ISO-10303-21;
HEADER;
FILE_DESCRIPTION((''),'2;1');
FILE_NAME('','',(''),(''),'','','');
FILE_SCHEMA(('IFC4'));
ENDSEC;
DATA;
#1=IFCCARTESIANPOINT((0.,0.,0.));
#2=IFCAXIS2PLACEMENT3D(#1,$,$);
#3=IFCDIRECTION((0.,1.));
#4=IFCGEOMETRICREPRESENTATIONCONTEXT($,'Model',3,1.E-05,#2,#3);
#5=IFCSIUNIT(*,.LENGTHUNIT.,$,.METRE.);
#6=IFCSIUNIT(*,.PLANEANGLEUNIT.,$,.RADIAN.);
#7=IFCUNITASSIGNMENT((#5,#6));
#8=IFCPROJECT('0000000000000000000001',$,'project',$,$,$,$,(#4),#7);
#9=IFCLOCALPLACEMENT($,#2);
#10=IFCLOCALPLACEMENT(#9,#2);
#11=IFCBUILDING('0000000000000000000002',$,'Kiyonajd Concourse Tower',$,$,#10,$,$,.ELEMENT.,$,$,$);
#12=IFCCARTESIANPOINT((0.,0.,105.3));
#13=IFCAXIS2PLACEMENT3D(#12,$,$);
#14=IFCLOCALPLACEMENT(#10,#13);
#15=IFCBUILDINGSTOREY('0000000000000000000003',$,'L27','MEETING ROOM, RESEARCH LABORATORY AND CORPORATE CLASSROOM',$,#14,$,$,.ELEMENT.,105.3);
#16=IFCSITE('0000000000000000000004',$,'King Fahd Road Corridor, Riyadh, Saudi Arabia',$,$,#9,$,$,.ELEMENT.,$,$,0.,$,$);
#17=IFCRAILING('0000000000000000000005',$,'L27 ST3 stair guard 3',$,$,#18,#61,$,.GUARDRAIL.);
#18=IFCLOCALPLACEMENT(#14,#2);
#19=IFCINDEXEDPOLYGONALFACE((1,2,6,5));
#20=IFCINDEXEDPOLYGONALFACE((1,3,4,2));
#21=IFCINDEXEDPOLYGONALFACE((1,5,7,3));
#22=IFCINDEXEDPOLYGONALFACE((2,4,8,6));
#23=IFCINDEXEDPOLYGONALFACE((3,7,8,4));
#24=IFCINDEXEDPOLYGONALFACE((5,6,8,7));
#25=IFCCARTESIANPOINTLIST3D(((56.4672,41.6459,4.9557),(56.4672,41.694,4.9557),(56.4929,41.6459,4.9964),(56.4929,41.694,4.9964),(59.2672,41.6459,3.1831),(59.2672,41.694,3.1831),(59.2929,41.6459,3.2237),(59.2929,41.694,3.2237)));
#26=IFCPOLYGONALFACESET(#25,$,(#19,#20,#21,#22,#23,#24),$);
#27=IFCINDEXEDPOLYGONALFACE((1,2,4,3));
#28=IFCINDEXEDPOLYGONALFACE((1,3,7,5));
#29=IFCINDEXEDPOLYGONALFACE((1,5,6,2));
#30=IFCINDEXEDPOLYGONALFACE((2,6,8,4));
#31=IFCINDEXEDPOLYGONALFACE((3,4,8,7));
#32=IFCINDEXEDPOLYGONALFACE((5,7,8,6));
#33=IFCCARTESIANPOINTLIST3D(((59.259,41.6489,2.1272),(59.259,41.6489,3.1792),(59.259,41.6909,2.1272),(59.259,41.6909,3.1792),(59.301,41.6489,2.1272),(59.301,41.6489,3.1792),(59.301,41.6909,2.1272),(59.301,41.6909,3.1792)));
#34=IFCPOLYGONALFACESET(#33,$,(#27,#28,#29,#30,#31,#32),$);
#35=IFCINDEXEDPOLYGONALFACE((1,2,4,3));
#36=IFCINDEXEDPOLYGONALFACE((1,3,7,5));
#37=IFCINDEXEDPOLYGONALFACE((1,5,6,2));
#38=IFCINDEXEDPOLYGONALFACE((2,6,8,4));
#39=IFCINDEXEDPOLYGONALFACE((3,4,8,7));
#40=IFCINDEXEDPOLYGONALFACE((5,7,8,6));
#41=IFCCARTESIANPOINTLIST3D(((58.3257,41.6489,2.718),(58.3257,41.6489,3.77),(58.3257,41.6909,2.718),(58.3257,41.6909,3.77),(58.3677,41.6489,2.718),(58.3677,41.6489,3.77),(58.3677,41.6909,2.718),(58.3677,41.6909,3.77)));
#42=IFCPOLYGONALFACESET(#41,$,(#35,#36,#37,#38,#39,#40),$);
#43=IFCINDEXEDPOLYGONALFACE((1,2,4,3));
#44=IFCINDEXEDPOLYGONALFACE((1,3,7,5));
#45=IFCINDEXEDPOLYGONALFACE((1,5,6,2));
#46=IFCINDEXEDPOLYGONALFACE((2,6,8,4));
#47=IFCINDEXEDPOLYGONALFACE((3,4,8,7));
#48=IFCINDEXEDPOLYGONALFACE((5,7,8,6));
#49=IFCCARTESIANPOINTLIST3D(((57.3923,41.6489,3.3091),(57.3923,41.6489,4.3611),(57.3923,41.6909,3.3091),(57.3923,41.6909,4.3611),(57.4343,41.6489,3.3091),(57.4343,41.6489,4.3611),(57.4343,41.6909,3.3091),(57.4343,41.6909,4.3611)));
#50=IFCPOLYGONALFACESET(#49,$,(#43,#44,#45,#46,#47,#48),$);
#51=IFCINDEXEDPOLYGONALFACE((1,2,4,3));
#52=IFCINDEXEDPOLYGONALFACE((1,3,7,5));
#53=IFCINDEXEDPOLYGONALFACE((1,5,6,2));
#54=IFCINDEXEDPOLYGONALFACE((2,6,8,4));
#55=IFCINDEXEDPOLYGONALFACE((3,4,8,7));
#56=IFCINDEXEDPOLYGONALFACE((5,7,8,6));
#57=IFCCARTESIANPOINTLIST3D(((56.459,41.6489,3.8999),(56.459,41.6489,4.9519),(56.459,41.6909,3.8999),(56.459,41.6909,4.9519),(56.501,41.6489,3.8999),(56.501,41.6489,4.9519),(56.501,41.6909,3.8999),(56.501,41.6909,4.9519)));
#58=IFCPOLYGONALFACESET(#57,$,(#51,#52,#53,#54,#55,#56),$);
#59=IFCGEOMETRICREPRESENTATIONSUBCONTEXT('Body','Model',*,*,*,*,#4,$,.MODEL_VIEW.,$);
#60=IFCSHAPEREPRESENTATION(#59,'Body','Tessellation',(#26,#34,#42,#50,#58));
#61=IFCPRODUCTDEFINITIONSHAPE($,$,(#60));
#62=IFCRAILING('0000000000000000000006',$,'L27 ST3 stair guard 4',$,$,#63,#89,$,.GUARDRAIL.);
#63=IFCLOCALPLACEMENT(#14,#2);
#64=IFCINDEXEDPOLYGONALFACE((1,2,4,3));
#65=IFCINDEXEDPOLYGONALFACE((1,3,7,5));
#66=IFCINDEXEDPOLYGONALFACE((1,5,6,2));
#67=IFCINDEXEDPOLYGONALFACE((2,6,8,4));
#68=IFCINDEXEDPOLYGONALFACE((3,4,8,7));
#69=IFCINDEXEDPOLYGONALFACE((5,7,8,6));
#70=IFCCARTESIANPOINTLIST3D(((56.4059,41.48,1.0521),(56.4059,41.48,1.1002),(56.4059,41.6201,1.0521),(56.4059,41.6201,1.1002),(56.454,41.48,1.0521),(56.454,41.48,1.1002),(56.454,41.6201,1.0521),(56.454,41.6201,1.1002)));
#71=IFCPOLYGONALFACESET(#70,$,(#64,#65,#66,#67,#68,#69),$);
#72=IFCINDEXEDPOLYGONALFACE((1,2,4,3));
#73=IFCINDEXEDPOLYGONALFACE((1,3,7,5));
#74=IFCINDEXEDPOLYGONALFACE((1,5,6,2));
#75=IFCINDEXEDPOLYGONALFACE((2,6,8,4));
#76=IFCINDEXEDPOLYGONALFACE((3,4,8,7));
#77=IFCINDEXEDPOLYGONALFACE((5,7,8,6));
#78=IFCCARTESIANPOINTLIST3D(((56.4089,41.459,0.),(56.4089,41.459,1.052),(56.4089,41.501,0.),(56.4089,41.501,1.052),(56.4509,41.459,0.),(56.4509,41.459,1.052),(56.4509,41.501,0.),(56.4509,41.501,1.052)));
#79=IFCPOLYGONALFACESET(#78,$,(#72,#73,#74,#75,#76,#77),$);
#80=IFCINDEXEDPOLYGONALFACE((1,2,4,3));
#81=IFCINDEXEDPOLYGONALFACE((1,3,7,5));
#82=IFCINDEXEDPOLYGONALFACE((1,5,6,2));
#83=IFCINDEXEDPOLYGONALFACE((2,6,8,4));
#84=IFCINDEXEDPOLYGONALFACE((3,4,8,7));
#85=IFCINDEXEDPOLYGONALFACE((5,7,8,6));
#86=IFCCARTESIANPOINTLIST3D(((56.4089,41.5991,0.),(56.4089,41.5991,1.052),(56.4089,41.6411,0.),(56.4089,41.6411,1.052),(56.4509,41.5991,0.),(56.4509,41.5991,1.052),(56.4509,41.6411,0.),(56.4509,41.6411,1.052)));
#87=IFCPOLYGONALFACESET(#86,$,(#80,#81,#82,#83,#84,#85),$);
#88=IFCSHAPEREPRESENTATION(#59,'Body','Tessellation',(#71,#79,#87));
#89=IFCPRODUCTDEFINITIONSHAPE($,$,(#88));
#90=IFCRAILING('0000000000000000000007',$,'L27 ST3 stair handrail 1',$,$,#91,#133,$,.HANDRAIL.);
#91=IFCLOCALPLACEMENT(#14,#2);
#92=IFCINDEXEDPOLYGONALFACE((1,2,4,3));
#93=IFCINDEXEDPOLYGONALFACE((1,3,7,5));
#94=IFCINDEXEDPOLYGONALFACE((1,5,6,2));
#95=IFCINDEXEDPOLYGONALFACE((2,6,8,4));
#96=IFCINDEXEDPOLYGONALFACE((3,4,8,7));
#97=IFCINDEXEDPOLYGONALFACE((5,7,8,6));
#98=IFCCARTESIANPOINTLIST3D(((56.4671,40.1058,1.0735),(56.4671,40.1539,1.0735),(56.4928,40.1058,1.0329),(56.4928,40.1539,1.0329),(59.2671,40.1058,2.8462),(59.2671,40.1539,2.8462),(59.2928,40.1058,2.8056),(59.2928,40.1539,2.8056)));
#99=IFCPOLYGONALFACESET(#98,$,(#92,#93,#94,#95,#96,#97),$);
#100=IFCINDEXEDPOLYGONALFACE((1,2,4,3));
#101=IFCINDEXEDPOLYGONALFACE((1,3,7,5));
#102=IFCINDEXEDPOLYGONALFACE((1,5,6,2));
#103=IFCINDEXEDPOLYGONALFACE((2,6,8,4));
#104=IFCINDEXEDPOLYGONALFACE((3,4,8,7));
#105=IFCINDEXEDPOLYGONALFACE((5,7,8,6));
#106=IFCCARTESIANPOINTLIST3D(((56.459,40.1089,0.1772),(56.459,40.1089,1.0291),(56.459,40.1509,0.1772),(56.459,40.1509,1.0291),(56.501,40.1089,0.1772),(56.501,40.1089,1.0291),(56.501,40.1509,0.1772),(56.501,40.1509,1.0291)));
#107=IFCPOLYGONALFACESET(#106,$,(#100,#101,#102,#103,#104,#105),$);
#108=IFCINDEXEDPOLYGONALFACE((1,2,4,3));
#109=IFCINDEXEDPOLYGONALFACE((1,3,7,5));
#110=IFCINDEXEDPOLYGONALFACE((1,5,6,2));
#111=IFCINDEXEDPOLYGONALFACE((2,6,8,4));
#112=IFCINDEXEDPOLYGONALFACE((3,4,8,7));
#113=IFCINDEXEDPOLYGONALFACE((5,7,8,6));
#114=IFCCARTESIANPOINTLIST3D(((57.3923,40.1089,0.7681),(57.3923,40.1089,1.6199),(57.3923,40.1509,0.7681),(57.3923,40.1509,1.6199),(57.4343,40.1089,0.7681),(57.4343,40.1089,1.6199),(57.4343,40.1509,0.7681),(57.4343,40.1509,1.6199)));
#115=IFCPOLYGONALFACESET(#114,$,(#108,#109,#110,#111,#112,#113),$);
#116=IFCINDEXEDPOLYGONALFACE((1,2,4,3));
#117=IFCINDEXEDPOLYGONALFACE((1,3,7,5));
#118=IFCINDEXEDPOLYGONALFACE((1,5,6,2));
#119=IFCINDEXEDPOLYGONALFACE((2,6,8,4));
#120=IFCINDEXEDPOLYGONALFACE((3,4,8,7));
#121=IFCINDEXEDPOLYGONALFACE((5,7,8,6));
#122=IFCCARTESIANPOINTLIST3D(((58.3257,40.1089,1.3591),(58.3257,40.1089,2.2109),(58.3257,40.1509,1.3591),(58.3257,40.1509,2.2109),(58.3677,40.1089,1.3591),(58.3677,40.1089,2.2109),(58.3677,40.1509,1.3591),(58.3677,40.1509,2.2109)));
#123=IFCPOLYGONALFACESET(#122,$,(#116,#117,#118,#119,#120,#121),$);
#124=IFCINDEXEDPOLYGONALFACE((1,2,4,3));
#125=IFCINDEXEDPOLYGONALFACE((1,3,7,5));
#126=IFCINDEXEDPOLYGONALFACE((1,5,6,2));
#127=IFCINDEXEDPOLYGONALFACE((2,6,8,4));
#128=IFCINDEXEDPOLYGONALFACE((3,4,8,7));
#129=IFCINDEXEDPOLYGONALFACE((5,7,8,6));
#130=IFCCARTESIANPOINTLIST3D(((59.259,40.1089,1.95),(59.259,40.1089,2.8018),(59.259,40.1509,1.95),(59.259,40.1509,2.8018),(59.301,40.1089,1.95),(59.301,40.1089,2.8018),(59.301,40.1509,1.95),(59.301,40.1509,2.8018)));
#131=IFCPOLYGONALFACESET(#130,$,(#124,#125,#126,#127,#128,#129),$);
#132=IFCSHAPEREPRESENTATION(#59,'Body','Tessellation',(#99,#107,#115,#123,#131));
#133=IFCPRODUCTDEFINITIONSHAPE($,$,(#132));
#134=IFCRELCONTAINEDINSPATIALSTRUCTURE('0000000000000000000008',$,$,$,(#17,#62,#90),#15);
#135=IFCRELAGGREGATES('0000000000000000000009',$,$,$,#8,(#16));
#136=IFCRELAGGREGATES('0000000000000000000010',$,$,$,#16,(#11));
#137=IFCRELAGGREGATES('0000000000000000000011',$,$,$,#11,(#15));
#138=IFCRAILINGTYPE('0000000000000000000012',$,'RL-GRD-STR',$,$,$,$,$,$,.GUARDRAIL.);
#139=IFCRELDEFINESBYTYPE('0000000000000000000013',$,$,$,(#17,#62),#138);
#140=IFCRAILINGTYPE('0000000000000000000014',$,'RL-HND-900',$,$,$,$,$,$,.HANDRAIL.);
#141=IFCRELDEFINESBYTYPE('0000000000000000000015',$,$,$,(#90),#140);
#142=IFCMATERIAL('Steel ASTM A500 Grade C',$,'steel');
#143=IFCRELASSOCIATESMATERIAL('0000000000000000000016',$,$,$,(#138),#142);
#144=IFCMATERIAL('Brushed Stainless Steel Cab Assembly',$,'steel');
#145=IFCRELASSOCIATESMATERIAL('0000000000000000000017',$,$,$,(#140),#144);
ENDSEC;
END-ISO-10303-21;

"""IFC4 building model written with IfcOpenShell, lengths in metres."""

from ifc_helpers import new_model, si_unit, direction, frame, origin, origin_2d, place, context, subcontext, project, spatial, rectangle, extrude, material, type_object, element, save


model = new_model("IFC4")

# Units and contexts
model_context = context("Model", 3, precision=1e-05, world=origin(), true_north=direction((0.0, 1.0)))
body_context = subcontext(model_context, "Body", "Model", "MODEL_VIEW")
ifc_project = project(units=[si_unit("LENGTHUNIT", "METRE"), si_unit("PLANEANGLEUNIT", "RADIAN")], contexts=[model_context])

# Site, building, storey
site_placement = place(None, origin())
site = spatial("IfcSite", under=ifc_project, at=site_placement, Name="King Fahd Road Corridor, Riyadh, Saudi Arabia", CompositionType="ELEMENT", RefElevation=0.0)
building_placement = place(site_placement, origin())
building = spatial("IfcBuilding", under=site, at=building_placement, Name="Kiyonajd Concourse Tower", CompositionType="ELEMENT")
storey_placement = place(building_placement, frame((0.0, 0.0, 105.3)))
storey = spatial("IfcBuildingStorey", under=building, at=storey_placement, Name="L27", Description="MEETING ROOM, RESEARCH LABORATORY AND CORPORATE CLASSROOM", CompositionType="ELEMENT", Elevation=105.3)

# Shared definitions
ifc_material_1 = material(Name="Brushed Stainless Steel Cab Assembly", Category="steel")

# Railings
ifc_material_2 = material(Name="Steel ASTM A500 Grade C", Category="steel")
railing_type_1 = type_object("IfcRailingType", Name="RL-GRD-STR", PredefinedType="GUARDRAIL", material=ifc_material_2)
railing_1_placement = place(storey_placement, frame((59.28, 41.6699, 2.1272)))
element("IfcRailing", 1, at=railing_1_placement, inside=storey, type_object=railing_type_1, Name="L27 ST3 stair guard 3", PredefinedType="GUARDRAIL", context=body_context, shape_type="SweptSolid", body=[
    extrude(rectangle(XDim=0.0481, YDim=0.0481, at=origin_2d()), frame((0.0, 0.0, 1.0762), z_axis=(-0.844909, 0.0, 0.53491), x_axis=(0.0, -1.0, 0.0)), (0.0, 0.0, 1.0), 3.314),
    extrude(rectangle(XDim=0.042, YDim=0.042, at=origin_2d()), origin(), (0.0, 0.0, 1.0), 1.052),
    extrude(rectangle(XDim=0.042, YDim=0.042, at=origin_2d()), frame((-0.9333, 0.0, 0.5908)), (0.0, 0.0, 1.0), 1.052),
    extrude(rectangle(XDim=0.042, YDim=0.042, at=origin_2d()), frame((-1.8667, 0.0, 1.1819)), (0.0, 0.0, 1.0), 1.052),
    extrude(rectangle(XDim=0.042, YDim=0.042, at=origin_2d()), frame((-2.8, 0.0, 1.7727)), (0.0, 0.0, 1.0), 1.052),
])
railing_2_placement = place(storey_placement, frame((56.4299, 41.48, 0.0)))
element("IfcRailing", 2, at=railing_2_placement, inside=storey, type_object=railing_type_1, Name="L27 ST3 stair guard 4", PredefinedType="GUARDRAIL", context=body_context, shape_type="SweptSolid", body=[
    extrude(rectangle(XDim=0.0481, YDim=0.0481, at=origin_2d()), frame((0.0, 0.0, 1.0762), z_axis=(0.0, 1.0, 0.0), x_axis=(-1.0, 0.0, 0.0)), (0.0, 0.0, 1.0), 0.1401),
    extrude(rectangle(XDim=0.042, YDim=0.042, at=origin_2d()), origin(), (0.0, 0.0, 1.0), 1.052),
    extrude(rectangle(XDim=0.042, YDim=0.042, at=origin_2d()), frame((0.0, 0.1401, 0.0)), (0.0, 0.0, 1.0), 1.052),
])
railing_type_2 = type_object("IfcRailingType", Name="RL-HND-900", PredefinedType="HANDRAIL", material=ifc_material_1)
railing_3_placement = place(storey_placement, frame((56.48, 40.1299, 0.1772)))
element("IfcRailing", 3, at=railing_3_placement, inside=storey, type_object=railing_type_2, Name="L27 ST3 stair handrail 1", PredefinedType="HANDRAIL", context=body_context, shape_type="SweptSolid", body=[
    extrude(rectangle(XDim=0.0481, YDim=0.0481, at=origin_2d()), frame((0.0, 0.0, 0.876), z_axis=(0.844909, 0.0, 0.53491), x_axis=(0.0, 1.0, 0.0)), (0.0, 0.0, 1.0), 3.314),
    extrude(rectangle(XDim=0.042, YDim=0.042, at=origin_2d()), origin(), (0.0, 0.0, 1.0), 0.8518),
    extrude(rectangle(XDim=0.042, YDim=0.042, at=origin_2d()), frame((0.9333, 0.0, 0.5908)), (0.0, 0.0, 1.0), 0.8518),
    extrude(rectangle(XDim=0.042, YDim=0.042, at=origin_2d()), frame((1.8667, 0.0, 1.1819)), (0.0, 0.0, 1.0), 0.8518),
    extrude(rectangle(XDim=0.042, YDim=0.042, at=origin_2d()), frame((2.8, 0.0, 1.7727)), (0.0, 0.0, 1.0), 0.8518),
])

save(model, "model.ifc")
